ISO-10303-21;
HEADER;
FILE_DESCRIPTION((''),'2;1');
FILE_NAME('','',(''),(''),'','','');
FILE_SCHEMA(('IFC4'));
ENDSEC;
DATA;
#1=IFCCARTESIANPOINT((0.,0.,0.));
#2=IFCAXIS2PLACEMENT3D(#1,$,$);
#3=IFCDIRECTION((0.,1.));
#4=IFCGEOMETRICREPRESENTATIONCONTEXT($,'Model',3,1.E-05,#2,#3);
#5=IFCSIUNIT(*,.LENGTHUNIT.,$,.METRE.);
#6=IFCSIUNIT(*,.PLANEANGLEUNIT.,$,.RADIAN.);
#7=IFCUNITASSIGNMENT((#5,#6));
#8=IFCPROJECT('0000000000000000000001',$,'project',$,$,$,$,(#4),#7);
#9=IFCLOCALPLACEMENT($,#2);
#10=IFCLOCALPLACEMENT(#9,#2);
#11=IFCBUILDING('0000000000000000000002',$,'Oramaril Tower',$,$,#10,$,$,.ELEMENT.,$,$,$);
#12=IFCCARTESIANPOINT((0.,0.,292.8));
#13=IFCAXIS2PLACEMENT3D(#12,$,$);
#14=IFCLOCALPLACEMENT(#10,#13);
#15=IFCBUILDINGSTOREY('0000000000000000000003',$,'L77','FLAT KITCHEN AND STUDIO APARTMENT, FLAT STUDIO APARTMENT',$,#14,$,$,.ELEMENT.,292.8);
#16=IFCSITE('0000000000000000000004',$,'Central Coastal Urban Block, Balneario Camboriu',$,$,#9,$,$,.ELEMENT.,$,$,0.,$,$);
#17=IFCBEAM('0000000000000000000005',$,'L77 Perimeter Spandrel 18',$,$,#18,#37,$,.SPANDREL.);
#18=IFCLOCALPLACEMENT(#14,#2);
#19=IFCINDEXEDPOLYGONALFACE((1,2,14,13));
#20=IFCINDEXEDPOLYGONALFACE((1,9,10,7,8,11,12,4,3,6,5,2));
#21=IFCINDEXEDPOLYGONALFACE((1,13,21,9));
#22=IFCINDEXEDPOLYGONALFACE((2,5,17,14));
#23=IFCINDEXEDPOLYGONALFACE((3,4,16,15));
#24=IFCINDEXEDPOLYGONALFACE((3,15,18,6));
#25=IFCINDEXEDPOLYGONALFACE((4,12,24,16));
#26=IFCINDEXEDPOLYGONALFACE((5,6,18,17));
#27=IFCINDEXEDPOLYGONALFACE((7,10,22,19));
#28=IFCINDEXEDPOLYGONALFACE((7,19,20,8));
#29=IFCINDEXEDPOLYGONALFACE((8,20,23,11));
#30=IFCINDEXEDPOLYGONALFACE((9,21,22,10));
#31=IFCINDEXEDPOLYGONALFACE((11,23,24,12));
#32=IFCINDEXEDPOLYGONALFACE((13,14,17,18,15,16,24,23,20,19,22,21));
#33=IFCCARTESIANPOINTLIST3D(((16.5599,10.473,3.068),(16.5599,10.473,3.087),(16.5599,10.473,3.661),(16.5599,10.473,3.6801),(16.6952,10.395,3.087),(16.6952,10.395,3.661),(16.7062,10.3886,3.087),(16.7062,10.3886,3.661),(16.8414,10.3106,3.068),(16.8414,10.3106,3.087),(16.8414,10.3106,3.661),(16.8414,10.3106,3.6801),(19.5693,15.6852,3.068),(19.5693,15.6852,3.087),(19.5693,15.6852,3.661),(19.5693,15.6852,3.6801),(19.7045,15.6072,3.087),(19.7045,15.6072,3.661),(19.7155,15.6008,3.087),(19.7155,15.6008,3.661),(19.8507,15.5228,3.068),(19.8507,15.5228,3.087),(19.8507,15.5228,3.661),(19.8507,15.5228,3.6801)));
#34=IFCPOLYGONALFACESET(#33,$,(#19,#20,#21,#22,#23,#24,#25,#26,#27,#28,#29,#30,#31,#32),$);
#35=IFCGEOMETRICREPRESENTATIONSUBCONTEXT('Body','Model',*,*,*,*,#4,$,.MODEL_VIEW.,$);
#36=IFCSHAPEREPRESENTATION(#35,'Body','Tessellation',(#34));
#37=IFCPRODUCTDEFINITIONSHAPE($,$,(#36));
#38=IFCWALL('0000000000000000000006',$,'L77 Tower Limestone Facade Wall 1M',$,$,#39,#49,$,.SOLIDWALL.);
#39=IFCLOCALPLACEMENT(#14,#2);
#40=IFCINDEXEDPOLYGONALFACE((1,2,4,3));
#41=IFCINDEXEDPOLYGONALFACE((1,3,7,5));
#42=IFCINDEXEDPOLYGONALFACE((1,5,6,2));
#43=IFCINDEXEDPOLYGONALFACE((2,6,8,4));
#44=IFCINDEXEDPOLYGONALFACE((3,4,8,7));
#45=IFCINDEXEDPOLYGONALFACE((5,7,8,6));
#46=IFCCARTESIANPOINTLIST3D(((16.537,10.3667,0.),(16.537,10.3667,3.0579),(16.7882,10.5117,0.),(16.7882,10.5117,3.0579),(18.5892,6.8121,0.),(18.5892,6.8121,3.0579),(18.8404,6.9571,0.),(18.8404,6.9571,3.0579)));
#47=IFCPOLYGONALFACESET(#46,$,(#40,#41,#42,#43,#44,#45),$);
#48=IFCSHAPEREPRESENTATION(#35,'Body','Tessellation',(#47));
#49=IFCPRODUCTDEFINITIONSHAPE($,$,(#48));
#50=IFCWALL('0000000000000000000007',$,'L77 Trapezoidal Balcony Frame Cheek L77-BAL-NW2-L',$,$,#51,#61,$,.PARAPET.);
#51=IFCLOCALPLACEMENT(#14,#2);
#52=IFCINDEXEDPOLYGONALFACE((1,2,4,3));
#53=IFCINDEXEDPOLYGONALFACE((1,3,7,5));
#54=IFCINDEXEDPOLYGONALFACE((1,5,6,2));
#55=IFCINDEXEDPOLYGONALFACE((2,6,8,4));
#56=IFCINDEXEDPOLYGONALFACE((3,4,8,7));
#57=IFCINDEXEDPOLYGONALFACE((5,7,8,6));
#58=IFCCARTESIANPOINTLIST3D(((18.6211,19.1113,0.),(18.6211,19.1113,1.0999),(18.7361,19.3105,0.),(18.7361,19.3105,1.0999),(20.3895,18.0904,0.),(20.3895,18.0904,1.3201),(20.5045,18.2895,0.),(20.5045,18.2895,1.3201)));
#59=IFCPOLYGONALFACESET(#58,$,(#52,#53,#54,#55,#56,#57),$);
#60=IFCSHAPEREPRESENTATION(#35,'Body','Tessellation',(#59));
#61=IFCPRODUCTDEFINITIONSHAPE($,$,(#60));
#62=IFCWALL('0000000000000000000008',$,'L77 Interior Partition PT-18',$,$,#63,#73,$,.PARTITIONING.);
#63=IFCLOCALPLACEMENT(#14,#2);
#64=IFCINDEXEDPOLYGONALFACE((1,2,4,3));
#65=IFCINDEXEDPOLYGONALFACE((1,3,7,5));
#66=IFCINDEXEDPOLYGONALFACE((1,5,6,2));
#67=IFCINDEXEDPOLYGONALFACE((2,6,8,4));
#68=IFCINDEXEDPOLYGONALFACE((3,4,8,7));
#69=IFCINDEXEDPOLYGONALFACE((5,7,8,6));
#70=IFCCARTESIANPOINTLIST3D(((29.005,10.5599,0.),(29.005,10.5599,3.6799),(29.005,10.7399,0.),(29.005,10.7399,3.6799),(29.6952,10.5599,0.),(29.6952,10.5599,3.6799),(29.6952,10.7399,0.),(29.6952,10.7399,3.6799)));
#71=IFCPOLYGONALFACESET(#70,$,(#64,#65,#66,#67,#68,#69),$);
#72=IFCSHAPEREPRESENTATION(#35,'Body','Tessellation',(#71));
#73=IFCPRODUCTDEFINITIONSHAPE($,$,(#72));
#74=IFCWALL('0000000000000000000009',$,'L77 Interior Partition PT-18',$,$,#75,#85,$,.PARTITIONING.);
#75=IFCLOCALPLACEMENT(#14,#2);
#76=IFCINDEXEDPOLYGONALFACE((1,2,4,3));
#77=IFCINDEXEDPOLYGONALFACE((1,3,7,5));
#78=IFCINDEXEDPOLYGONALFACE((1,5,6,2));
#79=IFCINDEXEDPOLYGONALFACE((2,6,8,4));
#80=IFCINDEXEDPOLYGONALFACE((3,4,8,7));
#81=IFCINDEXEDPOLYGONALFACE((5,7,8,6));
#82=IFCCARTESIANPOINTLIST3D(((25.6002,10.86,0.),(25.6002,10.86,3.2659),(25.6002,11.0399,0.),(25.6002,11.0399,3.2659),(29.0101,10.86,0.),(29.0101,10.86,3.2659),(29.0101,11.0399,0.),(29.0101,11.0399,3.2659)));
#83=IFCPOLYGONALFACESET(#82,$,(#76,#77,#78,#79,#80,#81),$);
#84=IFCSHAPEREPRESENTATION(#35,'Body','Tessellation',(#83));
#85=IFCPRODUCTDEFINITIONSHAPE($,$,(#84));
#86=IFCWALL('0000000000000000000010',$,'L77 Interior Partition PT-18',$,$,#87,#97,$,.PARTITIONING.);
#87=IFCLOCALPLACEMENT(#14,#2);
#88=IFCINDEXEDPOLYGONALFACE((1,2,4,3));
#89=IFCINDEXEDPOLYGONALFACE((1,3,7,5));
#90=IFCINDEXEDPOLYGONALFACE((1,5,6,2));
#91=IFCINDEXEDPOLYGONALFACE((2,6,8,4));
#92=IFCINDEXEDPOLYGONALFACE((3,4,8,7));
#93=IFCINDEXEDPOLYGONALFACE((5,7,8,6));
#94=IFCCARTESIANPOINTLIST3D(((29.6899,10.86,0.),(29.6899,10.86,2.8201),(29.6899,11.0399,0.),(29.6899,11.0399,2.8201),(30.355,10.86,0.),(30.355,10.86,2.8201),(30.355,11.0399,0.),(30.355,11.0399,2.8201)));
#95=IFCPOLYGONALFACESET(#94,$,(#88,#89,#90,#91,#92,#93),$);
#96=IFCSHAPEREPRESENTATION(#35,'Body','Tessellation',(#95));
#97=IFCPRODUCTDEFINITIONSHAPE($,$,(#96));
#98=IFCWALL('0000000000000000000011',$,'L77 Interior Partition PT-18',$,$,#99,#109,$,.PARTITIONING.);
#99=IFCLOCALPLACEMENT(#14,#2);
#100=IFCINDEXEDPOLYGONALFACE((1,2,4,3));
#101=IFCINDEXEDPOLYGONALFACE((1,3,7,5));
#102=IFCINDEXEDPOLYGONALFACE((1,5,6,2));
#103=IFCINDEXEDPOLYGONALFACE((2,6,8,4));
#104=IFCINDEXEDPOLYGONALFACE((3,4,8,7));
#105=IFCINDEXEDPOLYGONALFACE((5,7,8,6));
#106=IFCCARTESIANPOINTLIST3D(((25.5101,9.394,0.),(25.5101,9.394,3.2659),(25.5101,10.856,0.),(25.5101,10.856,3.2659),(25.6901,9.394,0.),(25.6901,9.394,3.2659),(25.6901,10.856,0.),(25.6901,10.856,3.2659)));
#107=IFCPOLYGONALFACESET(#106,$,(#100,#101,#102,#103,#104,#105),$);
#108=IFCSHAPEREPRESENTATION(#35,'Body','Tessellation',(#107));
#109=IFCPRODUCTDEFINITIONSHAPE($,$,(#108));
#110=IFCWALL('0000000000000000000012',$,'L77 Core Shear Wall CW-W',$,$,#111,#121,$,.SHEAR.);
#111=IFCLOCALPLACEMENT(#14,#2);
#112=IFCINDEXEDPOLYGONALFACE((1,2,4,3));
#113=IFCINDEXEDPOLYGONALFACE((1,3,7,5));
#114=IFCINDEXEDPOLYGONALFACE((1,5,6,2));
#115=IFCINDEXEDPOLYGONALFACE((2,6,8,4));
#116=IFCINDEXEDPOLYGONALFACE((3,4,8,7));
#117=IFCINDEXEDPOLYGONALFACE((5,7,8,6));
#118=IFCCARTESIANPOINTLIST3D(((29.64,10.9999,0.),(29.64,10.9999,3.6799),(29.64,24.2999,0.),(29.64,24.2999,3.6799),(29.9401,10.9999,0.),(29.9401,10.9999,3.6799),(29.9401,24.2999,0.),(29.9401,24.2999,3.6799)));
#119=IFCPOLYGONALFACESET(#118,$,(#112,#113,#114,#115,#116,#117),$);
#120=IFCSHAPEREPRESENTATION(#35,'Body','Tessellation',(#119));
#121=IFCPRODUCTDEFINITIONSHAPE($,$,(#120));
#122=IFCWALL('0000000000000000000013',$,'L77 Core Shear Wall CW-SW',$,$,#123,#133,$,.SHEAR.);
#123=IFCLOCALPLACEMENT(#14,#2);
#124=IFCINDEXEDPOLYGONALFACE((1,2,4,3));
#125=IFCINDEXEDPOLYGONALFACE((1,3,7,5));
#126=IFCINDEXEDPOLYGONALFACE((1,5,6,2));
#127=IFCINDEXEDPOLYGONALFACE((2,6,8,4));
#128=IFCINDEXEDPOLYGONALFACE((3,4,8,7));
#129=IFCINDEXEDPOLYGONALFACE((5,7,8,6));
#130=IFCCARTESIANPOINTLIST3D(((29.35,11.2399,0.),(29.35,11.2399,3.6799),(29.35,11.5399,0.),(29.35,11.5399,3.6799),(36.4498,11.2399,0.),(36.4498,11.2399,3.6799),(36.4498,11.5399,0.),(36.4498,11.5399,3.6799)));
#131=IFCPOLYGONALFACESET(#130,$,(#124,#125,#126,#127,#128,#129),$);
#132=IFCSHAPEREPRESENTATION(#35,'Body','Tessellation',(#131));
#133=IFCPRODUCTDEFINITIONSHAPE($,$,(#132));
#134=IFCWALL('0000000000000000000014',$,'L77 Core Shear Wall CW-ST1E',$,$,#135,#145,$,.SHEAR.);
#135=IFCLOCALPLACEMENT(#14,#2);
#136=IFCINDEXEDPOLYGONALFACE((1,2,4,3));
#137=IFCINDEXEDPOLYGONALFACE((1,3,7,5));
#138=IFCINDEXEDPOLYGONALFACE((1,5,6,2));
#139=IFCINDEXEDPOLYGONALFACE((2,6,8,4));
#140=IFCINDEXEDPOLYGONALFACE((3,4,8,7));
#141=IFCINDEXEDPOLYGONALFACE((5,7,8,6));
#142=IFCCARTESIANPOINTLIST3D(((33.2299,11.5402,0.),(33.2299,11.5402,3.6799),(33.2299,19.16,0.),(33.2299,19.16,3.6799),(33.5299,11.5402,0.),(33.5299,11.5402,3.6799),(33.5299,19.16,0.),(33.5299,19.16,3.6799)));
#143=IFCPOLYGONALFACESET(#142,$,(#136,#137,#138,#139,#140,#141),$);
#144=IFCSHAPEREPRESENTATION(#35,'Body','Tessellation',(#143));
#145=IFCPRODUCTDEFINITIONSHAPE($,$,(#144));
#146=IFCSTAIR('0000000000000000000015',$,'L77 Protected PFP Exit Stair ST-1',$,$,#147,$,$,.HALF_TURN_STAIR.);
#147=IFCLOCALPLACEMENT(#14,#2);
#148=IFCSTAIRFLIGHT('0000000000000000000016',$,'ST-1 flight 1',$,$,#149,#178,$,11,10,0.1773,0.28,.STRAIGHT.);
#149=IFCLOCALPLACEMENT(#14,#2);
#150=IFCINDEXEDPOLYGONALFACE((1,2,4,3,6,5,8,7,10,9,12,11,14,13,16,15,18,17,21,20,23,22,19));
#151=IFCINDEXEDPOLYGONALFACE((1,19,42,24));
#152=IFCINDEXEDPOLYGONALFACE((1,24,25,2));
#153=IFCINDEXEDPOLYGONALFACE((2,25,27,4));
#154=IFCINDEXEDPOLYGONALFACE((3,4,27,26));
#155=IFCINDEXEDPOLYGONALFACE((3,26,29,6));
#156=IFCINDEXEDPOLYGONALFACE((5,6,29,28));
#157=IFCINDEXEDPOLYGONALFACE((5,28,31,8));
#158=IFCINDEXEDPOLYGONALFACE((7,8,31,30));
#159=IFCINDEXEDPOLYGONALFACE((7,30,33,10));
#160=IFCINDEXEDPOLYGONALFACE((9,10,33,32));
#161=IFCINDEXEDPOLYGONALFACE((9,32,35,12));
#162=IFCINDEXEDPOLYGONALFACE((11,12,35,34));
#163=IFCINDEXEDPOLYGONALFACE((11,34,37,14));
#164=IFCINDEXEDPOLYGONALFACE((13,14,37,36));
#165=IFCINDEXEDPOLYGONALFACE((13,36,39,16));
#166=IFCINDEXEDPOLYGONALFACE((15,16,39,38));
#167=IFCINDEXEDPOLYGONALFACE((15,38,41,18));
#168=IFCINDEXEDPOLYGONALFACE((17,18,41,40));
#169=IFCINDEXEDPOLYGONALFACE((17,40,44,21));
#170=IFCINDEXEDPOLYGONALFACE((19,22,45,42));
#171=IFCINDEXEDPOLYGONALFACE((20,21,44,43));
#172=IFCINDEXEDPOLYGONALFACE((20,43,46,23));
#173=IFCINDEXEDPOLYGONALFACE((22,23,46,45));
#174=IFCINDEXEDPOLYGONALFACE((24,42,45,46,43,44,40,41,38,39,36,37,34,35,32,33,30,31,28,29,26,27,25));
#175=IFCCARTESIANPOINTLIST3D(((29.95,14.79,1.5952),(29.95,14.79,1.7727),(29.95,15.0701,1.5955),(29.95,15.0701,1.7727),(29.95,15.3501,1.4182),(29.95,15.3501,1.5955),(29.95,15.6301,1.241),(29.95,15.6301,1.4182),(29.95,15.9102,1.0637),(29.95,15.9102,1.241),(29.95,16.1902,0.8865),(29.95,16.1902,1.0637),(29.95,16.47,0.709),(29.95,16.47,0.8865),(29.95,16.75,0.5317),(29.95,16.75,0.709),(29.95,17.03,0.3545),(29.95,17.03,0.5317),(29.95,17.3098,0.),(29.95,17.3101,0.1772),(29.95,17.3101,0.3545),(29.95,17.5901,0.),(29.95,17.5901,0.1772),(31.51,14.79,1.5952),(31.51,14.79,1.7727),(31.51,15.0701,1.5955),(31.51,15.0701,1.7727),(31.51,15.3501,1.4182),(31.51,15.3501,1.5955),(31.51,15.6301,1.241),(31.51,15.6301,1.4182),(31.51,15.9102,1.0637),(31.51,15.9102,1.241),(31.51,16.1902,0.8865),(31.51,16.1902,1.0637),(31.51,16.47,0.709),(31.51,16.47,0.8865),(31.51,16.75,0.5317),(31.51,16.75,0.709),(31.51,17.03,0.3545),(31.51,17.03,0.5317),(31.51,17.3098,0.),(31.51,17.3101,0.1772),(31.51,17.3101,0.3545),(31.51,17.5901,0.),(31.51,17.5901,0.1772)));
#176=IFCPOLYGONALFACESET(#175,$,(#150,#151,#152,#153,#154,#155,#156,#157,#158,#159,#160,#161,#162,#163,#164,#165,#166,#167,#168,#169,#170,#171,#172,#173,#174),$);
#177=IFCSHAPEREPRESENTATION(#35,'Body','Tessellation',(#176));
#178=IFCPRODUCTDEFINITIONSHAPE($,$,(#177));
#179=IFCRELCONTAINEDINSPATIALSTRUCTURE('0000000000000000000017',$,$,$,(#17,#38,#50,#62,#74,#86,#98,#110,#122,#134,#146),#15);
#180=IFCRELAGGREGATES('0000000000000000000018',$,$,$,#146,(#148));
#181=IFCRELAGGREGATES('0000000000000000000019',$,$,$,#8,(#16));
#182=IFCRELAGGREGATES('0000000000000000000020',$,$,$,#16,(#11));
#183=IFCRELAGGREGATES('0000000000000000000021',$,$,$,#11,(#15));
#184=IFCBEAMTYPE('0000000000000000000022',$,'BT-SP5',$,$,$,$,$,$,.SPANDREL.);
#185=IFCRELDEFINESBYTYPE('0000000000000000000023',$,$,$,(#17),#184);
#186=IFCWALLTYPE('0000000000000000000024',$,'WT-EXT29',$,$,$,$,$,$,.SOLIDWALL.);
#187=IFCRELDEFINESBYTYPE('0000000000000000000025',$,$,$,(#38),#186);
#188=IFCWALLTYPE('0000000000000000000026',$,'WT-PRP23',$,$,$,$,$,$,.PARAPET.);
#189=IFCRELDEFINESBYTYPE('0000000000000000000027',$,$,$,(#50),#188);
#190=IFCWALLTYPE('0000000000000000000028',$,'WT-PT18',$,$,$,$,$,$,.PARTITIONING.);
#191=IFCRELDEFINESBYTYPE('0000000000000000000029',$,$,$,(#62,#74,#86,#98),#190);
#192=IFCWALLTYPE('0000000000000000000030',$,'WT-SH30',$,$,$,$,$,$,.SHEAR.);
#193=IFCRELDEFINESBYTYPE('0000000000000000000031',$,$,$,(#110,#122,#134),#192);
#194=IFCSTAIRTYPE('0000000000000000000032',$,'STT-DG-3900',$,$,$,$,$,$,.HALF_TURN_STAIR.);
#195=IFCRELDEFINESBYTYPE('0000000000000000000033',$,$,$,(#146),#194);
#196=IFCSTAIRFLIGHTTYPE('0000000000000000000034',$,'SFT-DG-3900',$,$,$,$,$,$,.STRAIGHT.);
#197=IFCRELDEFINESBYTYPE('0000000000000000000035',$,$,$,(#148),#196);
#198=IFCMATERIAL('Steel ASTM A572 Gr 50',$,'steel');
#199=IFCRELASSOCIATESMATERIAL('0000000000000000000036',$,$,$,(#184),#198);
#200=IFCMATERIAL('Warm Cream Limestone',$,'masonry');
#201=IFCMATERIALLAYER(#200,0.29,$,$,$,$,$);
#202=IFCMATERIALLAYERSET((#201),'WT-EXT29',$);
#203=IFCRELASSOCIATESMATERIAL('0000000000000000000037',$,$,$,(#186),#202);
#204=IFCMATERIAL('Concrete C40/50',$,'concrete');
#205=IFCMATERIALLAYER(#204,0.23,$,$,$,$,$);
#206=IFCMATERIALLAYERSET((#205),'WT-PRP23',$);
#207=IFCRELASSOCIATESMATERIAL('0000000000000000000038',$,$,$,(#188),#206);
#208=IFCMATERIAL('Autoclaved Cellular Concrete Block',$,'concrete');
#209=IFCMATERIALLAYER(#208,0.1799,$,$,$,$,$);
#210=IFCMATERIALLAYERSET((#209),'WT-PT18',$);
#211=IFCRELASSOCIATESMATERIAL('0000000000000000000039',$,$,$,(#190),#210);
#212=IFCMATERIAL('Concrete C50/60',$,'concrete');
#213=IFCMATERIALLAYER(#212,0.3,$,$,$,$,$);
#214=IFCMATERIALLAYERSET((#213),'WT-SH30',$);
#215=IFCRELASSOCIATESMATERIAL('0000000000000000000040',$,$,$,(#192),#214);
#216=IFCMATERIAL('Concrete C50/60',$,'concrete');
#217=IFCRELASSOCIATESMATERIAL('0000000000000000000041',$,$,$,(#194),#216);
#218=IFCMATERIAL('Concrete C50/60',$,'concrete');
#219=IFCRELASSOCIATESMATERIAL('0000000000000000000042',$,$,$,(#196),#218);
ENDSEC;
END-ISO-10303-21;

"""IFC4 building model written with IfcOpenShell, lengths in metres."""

from ifc_helpers import new_model, si_unit, direction, frame, frame_2d, origin, origin_2d, place, context, subcontext, project, spatial, polyline, rectangle, i_section, outline, extrude, material, layer, layer_set, material_profile, profile_set, type_object, element, aggregate, save


model = new_model("IFC4")

# Units and contexts
model_context = context("Model", 3, precision=1e-05, world=origin(), true_north=direction((0.0, 1.0)))
body_context = subcontext(model_context, "Body", "Model", "MODEL_VIEW")
ifc_project = project(units=[si_unit("LENGTHUNIT", "METRE"), si_unit("PLANEANGLEUNIT", "RADIAN")], contexts=[model_context])

# Site, building, storey
site_placement = place(None, origin())
site = spatial("IfcSite", under=ifc_project, at=site_placement, Name="Central Coastal Urban Block, Balneario Camboriu", CompositionType="ELEMENT", RefElevation=0.0)
building_placement = place(site_placement, origin())
building = spatial("IfcBuilding", under=site, at=building_placement, Name="Oramaril Tower", CompositionType="ELEMENT")
storey_placement = place(building_placement, frame((0.0, 0.0, 292.8)))
storey = spatial("IfcBuildingStorey", under=building, at=storey_placement, Name="L77", Description="FLAT KITCHEN AND STUDIO APARTMENT, FLAT STUDIO APARTMENT", CompositionType="ELEMENT", Elevation=292.8)

# Beam
ifc_material_1 = material(Name="Steel ASTM A572 Gr 50", Category="steel")
ifc_material_profile_1 = material_profile(ifc_material_1, i_section(OverallWidth=0.325, OverallDepth=0.6121, WebThickness=0.0127, FlangeThickness=0.019, at=origin_2d()), Name="W24X104")
ifc_profile_set_1 = profile_set([ifc_material_profile_1], Name="Steel ASTM A572 Gr 50")
beam_type_1 = type_object("IfcBeamType", Name="BT-SP5", PredefinedType="SPANDREL", material=ifc_profile_set_1)
beam_1_placement = place(storey_placement, frame((19.71, 15.604, 3.374), z_axis=(-0.500005, -0.866023, 0.0), x_axis=(0.866023, -0.500005, 0.0)))
element("IfcBeam", 1, at=beam_1_placement, inside=storey, type_object=beam_type_1, Name="L77 Perimeter Spandrel 18", PredefinedType="SPANDREL", context=body_context, shape_type="SweptSolid", body=[
    extrude(i_section(OverallWidth=0.325, OverallDepth=0.6121, WebThickness=0.0127, FlangeThickness=0.019, at=origin_2d()), origin(), (0.0, 0.0, 1.0), 6.0186),
])

# Walls
ifc_material_2 = material(Name="Warm Cream Limestone", Category="masonry")
ifc_layer_1 = layer(ifc_material_2, 0.29)
ifc_layer_set_1 = layer_set([ifc_layer_1], Name="WT-EXT29")
wall_type_1 = type_object("IfcWallType", Name="WT-EXT29", PredefinedType="SOLIDWALL", material=ifc_layer_set_1)
wall_1_placement = place(storey_placement, frame((16.6626, 10.4392, 0.0), z_axis=(0.0, 0.0, 1.0), x_axis=(0.49999, -0.866031, 0.0)))
element("IfcWall", 2, at=wall_1_placement, inside=storey, type_object=wall_type_1, Name="L77 Tower Limestone Facade Wall 1M", PredefinedType="SOLIDWALL", context=body_context, shape_type="SweptSolid", body=[
    extrude(rectangle(XDim=4.1045, YDim=0.29, at=frame_2d((2.0522, 0.0))), origin(), (0.0, 0.0, 1.0), 3.0579),
])
ifc_material_3 = material(Name="Concrete C40/50", Category="concrete")
ifc_layer_2 = layer(ifc_material_3, 0.23)
ifc_layer_set_2 = layer_set([ifc_layer_2], Name="WT-PRP23")
wall_type_2 = type_object("IfcWallType", Name="WT-PRP23", PredefinedType="PARAPET", material=ifc_layer_set_2)
wall_2_placement = place(storey_placement, frame((20.447, 18.1899, 0.0), z_axis=(0.0, 0.0, 1.0), x_axis=(-0.866042, 0.499971, 0.0)))
element("IfcWall", 3, at=wall_2_placement, inside=storey, type_object=wall_type_2, Name="L77 Trapezoidal Balcony Frame Cheek L77-BAL-NW2-L", PredefinedType="PARAPET", context=body_context, shape_type="SweptSolid", body=[
    extrude(outline(polyline([(0.0, 0.0), (2.042, 0.0), (2.042, 1.0999), (0.0, 1.3201), (0.0, 0.0)])), frame((0.0, 0.115, 0.0), z_axis=(0.0, -1.0, 0.0), x_axis=(1.0, 0.0, 0.0)), (0.0, 0.0, 1.0), 0.23),
])
ifc_material_4 = material(Name="Autoclaved Cellular Concrete Block", Category="concrete")
ifc_layer_3 = layer(ifc_material_4, 0.1799)
ifc_layer_set_3 = layer_set([ifc_layer_3], Name="WT-PT18")
wall_type_3 = type_object("IfcWallType", Name="WT-PT18", PredefinedType="PARTITIONING", material=ifc_layer_set_3)
wall_3_placement = place(storey_placement, frame((29.0049, 10.6499, 0.0), z_axis=(0.0, 0.0, 1.0), x_axis=(1.0, 0.0, 0.0)))
element("IfcWall", 4, at=wall_3_placement, inside=storey, type_object=wall_type_3, Name="L77 Interior Partition PT-18", PredefinedType="PARTITIONING", context=body_context, shape_type="SweptSolid", body=[
    extrude(rectangle(XDim=0.6902, YDim=0.1799, at=frame_2d((0.3452, 0.0))), origin(), (0.0, 0.0, 1.0), 3.6799),
])
wall_4_placement = place(storey_placement, frame((25.6001, 10.95, 0.0), z_axis=(0.0, 0.0, 1.0), x_axis=(1.0, 0.0, 0.0)))
element("IfcWall", 5, at=wall_4_placement, inside=storey, type_object=wall_type_3, Name="L77 Interior Partition PT-18", PredefinedType="PARTITIONING", context=body_context, shape_type="SweptSolid", body=[
    extrude(rectangle(XDim=3.4099, YDim=0.1799, at=frame_2d((1.7051, 0.0))), origin(), (0.0, 0.0, 1.0), 3.2659),
])
wall_5_placement = place(storey_placement, frame((29.6899, 10.95, 0.0), z_axis=(0.0, 0.0, 1.0), x_axis=(1.0, 0.0, 0.0)))
element("IfcWall", 6, at=wall_5_placement, inside=storey, type_object=wall_type_3, Name="L77 Interior Partition PT-18", PredefinedType="PARTITIONING", context=body_context, shape_type="SweptSolid", body=[
    extrude(rectangle(XDim=0.665, YDim=0.1799, at=frame_2d((0.3325, 0.0))), origin(), (0.0, 0.0, 1.0), 2.8201),
])
wall_6_placement = place(storey_placement, frame((25.6001, 9.394, 0.0), z_axis=(0.0, 0.0, 1.0), x_axis=(0.0, 1.0, 0.0)))
element("IfcWall", 7, at=wall_6_placement, inside=storey, type_object=wall_type_3, Name="L77 Interior Partition PT-18", PredefinedType="PARTITIONING", context=body_context, shape_type="SweptSolid", body=[
    extrude(rectangle(XDim=1.4619, YDim=0.1799, at=frame_2d((0.731, 0.0))), origin(), (0.0, 0.0, 1.0), 3.2659),
])
ifc_material_5 = material(Name="Concrete C50/60", Category="concrete")
ifc_layer_4 = layer(ifc_material_5, 0.3)
ifc_layer_set_4 = layer_set([ifc_layer_4], Name="WT-SH30")
wall_type_4 = type_object("IfcWallType", Name="WT-SH30", PredefinedType="SHEAR", material=ifc_layer_set_4)
wall_7_placement = place(storey_placement, frame((29.79, 11.0, 0.0), z_axis=(0.0, 0.0, 1.0), x_axis=(0.0, 1.0, 0.0)))
element("IfcWall", 8, at=wall_7_placement, inside=storey, type_object=wall_type_4, Name="L77 Core Shear Wall CW-W", PredefinedType="SHEAR", context=body_context, shape_type="SweptSolid", body=[
    extrude(rectangle(XDim=13.3, YDim=0.3, at=frame_2d((6.6499, 0.0))), origin(), (0.0, 0.0, 1.0), 3.6799),
])
wall_8_placement = place(storey_placement, frame((29.3501, 11.3899, 0.0), z_axis=(0.0, 0.0, 1.0), x_axis=(1.0, 0.0, 0.0)))
element("IfcWall", 9, at=wall_8_placement, inside=storey, type_object=wall_type_4, Name="L77 Core Shear Wall CW-SW", PredefinedType="SHEAR", context=body_context, shape_type="SweptSolid", body=[
    extrude(rectangle(XDim=7.0999, YDim=0.3, at=frame_2d((3.5498, 0.0))), origin(), (0.0, 0.0, 1.0), 3.6799),
])
wall_9_placement = place(storey_placement, frame((33.3799, 11.54, 0.0), z_axis=(0.0, 0.0, 1.0), x_axis=(0.0, 1.0, 0.0)))
element("IfcWall", 10, at=wall_9_placement, inside=storey, type_object=wall_type_4, Name="L77 Core Shear Wall CW-ST1E", PredefinedType="SHEAR", context=body_context, shape_type="SweptSolid", body=[
    extrude(rectangle(XDim=7.6199, YDim=0.3, at=frame_2d((3.8101, 0.0))), origin(), (0.0, 0.0, 1.0), 3.6799),
])

# Stair, stair flight
ifc_material_6 = material(Name="Concrete C50/60", Category="concrete")
stair_type = type_object("IfcStairType", Name="STT-DG-3900", PredefinedType="HALF_TURN_STAIR", material=ifc_material_6)
stair_placement = place(storey_placement, origin())
stair = element("IfcStair", 11, at=stair_placement, inside=storey, type_object=stair_type, Name="L77 Protected PFP Exit Stair ST-1", PredefinedType="HALF_TURN_STAIR")
ifc_material_7 = material(Name="Concrete C50/60", Category="concrete")
stair_flight_type = type_object("IfcStairFlightType", Name="SFT-DG-3900", PredefinedType="STRAIGHT", material=ifc_material_7)
stair_flight_1_placement = place(storey_placement, frame((30.73, 17.5901, 0.0), z_axis=(0.0, 0.0, 1.0), x_axis=(0.0, -1.0, 0.0)))
stair_flight_1 = element("IfcStairFlight", 12, at=stair_flight_1_placement, type_object=stair_flight_type, Name="ST-1 flight 1", NumberOfRisers=11, NumberOfTreads=10, PredefinedType="STRAIGHT", RiserHeight=0.1773, TreadLength=0.28, context=body_context, shape_type="SweptSolid", body=[
    extrude(outline(polyline([(0.0, 0.0), (0.0, 0.1772), (0.28, 0.1772), (0.28, 0.3545), (0.5601, 0.3545), (0.5601, 0.5317), (0.8401, 0.5317), (0.8401, 0.709), (1.1201, 0.709), (1.1201, 0.8865), (1.3999, 0.8865), (1.3999, 1.0637), (1.6799, 1.0637), (1.6799, 1.241), (1.96, 1.241), (1.96, 1.4182), (2.24, 1.4182), (2.24, 1.5955), (2.52, 1.5955), (2.52, 1.7727), (2.8, 1.7727), (2.8, 1.95), (2.8, 1.5952), (0.2803, 0.0), (0.0, 0.0)])), frame((0.0, 0.78, 0.0), z_axis=(0.0, -1.0, 0.0), x_axis=(1.0, 0.0, 0.0)), (0.0, 0.0, 1.0), 1.5601),
])
aggregate(stair, [stair_flight_1])

save(model, "model.ifc")
